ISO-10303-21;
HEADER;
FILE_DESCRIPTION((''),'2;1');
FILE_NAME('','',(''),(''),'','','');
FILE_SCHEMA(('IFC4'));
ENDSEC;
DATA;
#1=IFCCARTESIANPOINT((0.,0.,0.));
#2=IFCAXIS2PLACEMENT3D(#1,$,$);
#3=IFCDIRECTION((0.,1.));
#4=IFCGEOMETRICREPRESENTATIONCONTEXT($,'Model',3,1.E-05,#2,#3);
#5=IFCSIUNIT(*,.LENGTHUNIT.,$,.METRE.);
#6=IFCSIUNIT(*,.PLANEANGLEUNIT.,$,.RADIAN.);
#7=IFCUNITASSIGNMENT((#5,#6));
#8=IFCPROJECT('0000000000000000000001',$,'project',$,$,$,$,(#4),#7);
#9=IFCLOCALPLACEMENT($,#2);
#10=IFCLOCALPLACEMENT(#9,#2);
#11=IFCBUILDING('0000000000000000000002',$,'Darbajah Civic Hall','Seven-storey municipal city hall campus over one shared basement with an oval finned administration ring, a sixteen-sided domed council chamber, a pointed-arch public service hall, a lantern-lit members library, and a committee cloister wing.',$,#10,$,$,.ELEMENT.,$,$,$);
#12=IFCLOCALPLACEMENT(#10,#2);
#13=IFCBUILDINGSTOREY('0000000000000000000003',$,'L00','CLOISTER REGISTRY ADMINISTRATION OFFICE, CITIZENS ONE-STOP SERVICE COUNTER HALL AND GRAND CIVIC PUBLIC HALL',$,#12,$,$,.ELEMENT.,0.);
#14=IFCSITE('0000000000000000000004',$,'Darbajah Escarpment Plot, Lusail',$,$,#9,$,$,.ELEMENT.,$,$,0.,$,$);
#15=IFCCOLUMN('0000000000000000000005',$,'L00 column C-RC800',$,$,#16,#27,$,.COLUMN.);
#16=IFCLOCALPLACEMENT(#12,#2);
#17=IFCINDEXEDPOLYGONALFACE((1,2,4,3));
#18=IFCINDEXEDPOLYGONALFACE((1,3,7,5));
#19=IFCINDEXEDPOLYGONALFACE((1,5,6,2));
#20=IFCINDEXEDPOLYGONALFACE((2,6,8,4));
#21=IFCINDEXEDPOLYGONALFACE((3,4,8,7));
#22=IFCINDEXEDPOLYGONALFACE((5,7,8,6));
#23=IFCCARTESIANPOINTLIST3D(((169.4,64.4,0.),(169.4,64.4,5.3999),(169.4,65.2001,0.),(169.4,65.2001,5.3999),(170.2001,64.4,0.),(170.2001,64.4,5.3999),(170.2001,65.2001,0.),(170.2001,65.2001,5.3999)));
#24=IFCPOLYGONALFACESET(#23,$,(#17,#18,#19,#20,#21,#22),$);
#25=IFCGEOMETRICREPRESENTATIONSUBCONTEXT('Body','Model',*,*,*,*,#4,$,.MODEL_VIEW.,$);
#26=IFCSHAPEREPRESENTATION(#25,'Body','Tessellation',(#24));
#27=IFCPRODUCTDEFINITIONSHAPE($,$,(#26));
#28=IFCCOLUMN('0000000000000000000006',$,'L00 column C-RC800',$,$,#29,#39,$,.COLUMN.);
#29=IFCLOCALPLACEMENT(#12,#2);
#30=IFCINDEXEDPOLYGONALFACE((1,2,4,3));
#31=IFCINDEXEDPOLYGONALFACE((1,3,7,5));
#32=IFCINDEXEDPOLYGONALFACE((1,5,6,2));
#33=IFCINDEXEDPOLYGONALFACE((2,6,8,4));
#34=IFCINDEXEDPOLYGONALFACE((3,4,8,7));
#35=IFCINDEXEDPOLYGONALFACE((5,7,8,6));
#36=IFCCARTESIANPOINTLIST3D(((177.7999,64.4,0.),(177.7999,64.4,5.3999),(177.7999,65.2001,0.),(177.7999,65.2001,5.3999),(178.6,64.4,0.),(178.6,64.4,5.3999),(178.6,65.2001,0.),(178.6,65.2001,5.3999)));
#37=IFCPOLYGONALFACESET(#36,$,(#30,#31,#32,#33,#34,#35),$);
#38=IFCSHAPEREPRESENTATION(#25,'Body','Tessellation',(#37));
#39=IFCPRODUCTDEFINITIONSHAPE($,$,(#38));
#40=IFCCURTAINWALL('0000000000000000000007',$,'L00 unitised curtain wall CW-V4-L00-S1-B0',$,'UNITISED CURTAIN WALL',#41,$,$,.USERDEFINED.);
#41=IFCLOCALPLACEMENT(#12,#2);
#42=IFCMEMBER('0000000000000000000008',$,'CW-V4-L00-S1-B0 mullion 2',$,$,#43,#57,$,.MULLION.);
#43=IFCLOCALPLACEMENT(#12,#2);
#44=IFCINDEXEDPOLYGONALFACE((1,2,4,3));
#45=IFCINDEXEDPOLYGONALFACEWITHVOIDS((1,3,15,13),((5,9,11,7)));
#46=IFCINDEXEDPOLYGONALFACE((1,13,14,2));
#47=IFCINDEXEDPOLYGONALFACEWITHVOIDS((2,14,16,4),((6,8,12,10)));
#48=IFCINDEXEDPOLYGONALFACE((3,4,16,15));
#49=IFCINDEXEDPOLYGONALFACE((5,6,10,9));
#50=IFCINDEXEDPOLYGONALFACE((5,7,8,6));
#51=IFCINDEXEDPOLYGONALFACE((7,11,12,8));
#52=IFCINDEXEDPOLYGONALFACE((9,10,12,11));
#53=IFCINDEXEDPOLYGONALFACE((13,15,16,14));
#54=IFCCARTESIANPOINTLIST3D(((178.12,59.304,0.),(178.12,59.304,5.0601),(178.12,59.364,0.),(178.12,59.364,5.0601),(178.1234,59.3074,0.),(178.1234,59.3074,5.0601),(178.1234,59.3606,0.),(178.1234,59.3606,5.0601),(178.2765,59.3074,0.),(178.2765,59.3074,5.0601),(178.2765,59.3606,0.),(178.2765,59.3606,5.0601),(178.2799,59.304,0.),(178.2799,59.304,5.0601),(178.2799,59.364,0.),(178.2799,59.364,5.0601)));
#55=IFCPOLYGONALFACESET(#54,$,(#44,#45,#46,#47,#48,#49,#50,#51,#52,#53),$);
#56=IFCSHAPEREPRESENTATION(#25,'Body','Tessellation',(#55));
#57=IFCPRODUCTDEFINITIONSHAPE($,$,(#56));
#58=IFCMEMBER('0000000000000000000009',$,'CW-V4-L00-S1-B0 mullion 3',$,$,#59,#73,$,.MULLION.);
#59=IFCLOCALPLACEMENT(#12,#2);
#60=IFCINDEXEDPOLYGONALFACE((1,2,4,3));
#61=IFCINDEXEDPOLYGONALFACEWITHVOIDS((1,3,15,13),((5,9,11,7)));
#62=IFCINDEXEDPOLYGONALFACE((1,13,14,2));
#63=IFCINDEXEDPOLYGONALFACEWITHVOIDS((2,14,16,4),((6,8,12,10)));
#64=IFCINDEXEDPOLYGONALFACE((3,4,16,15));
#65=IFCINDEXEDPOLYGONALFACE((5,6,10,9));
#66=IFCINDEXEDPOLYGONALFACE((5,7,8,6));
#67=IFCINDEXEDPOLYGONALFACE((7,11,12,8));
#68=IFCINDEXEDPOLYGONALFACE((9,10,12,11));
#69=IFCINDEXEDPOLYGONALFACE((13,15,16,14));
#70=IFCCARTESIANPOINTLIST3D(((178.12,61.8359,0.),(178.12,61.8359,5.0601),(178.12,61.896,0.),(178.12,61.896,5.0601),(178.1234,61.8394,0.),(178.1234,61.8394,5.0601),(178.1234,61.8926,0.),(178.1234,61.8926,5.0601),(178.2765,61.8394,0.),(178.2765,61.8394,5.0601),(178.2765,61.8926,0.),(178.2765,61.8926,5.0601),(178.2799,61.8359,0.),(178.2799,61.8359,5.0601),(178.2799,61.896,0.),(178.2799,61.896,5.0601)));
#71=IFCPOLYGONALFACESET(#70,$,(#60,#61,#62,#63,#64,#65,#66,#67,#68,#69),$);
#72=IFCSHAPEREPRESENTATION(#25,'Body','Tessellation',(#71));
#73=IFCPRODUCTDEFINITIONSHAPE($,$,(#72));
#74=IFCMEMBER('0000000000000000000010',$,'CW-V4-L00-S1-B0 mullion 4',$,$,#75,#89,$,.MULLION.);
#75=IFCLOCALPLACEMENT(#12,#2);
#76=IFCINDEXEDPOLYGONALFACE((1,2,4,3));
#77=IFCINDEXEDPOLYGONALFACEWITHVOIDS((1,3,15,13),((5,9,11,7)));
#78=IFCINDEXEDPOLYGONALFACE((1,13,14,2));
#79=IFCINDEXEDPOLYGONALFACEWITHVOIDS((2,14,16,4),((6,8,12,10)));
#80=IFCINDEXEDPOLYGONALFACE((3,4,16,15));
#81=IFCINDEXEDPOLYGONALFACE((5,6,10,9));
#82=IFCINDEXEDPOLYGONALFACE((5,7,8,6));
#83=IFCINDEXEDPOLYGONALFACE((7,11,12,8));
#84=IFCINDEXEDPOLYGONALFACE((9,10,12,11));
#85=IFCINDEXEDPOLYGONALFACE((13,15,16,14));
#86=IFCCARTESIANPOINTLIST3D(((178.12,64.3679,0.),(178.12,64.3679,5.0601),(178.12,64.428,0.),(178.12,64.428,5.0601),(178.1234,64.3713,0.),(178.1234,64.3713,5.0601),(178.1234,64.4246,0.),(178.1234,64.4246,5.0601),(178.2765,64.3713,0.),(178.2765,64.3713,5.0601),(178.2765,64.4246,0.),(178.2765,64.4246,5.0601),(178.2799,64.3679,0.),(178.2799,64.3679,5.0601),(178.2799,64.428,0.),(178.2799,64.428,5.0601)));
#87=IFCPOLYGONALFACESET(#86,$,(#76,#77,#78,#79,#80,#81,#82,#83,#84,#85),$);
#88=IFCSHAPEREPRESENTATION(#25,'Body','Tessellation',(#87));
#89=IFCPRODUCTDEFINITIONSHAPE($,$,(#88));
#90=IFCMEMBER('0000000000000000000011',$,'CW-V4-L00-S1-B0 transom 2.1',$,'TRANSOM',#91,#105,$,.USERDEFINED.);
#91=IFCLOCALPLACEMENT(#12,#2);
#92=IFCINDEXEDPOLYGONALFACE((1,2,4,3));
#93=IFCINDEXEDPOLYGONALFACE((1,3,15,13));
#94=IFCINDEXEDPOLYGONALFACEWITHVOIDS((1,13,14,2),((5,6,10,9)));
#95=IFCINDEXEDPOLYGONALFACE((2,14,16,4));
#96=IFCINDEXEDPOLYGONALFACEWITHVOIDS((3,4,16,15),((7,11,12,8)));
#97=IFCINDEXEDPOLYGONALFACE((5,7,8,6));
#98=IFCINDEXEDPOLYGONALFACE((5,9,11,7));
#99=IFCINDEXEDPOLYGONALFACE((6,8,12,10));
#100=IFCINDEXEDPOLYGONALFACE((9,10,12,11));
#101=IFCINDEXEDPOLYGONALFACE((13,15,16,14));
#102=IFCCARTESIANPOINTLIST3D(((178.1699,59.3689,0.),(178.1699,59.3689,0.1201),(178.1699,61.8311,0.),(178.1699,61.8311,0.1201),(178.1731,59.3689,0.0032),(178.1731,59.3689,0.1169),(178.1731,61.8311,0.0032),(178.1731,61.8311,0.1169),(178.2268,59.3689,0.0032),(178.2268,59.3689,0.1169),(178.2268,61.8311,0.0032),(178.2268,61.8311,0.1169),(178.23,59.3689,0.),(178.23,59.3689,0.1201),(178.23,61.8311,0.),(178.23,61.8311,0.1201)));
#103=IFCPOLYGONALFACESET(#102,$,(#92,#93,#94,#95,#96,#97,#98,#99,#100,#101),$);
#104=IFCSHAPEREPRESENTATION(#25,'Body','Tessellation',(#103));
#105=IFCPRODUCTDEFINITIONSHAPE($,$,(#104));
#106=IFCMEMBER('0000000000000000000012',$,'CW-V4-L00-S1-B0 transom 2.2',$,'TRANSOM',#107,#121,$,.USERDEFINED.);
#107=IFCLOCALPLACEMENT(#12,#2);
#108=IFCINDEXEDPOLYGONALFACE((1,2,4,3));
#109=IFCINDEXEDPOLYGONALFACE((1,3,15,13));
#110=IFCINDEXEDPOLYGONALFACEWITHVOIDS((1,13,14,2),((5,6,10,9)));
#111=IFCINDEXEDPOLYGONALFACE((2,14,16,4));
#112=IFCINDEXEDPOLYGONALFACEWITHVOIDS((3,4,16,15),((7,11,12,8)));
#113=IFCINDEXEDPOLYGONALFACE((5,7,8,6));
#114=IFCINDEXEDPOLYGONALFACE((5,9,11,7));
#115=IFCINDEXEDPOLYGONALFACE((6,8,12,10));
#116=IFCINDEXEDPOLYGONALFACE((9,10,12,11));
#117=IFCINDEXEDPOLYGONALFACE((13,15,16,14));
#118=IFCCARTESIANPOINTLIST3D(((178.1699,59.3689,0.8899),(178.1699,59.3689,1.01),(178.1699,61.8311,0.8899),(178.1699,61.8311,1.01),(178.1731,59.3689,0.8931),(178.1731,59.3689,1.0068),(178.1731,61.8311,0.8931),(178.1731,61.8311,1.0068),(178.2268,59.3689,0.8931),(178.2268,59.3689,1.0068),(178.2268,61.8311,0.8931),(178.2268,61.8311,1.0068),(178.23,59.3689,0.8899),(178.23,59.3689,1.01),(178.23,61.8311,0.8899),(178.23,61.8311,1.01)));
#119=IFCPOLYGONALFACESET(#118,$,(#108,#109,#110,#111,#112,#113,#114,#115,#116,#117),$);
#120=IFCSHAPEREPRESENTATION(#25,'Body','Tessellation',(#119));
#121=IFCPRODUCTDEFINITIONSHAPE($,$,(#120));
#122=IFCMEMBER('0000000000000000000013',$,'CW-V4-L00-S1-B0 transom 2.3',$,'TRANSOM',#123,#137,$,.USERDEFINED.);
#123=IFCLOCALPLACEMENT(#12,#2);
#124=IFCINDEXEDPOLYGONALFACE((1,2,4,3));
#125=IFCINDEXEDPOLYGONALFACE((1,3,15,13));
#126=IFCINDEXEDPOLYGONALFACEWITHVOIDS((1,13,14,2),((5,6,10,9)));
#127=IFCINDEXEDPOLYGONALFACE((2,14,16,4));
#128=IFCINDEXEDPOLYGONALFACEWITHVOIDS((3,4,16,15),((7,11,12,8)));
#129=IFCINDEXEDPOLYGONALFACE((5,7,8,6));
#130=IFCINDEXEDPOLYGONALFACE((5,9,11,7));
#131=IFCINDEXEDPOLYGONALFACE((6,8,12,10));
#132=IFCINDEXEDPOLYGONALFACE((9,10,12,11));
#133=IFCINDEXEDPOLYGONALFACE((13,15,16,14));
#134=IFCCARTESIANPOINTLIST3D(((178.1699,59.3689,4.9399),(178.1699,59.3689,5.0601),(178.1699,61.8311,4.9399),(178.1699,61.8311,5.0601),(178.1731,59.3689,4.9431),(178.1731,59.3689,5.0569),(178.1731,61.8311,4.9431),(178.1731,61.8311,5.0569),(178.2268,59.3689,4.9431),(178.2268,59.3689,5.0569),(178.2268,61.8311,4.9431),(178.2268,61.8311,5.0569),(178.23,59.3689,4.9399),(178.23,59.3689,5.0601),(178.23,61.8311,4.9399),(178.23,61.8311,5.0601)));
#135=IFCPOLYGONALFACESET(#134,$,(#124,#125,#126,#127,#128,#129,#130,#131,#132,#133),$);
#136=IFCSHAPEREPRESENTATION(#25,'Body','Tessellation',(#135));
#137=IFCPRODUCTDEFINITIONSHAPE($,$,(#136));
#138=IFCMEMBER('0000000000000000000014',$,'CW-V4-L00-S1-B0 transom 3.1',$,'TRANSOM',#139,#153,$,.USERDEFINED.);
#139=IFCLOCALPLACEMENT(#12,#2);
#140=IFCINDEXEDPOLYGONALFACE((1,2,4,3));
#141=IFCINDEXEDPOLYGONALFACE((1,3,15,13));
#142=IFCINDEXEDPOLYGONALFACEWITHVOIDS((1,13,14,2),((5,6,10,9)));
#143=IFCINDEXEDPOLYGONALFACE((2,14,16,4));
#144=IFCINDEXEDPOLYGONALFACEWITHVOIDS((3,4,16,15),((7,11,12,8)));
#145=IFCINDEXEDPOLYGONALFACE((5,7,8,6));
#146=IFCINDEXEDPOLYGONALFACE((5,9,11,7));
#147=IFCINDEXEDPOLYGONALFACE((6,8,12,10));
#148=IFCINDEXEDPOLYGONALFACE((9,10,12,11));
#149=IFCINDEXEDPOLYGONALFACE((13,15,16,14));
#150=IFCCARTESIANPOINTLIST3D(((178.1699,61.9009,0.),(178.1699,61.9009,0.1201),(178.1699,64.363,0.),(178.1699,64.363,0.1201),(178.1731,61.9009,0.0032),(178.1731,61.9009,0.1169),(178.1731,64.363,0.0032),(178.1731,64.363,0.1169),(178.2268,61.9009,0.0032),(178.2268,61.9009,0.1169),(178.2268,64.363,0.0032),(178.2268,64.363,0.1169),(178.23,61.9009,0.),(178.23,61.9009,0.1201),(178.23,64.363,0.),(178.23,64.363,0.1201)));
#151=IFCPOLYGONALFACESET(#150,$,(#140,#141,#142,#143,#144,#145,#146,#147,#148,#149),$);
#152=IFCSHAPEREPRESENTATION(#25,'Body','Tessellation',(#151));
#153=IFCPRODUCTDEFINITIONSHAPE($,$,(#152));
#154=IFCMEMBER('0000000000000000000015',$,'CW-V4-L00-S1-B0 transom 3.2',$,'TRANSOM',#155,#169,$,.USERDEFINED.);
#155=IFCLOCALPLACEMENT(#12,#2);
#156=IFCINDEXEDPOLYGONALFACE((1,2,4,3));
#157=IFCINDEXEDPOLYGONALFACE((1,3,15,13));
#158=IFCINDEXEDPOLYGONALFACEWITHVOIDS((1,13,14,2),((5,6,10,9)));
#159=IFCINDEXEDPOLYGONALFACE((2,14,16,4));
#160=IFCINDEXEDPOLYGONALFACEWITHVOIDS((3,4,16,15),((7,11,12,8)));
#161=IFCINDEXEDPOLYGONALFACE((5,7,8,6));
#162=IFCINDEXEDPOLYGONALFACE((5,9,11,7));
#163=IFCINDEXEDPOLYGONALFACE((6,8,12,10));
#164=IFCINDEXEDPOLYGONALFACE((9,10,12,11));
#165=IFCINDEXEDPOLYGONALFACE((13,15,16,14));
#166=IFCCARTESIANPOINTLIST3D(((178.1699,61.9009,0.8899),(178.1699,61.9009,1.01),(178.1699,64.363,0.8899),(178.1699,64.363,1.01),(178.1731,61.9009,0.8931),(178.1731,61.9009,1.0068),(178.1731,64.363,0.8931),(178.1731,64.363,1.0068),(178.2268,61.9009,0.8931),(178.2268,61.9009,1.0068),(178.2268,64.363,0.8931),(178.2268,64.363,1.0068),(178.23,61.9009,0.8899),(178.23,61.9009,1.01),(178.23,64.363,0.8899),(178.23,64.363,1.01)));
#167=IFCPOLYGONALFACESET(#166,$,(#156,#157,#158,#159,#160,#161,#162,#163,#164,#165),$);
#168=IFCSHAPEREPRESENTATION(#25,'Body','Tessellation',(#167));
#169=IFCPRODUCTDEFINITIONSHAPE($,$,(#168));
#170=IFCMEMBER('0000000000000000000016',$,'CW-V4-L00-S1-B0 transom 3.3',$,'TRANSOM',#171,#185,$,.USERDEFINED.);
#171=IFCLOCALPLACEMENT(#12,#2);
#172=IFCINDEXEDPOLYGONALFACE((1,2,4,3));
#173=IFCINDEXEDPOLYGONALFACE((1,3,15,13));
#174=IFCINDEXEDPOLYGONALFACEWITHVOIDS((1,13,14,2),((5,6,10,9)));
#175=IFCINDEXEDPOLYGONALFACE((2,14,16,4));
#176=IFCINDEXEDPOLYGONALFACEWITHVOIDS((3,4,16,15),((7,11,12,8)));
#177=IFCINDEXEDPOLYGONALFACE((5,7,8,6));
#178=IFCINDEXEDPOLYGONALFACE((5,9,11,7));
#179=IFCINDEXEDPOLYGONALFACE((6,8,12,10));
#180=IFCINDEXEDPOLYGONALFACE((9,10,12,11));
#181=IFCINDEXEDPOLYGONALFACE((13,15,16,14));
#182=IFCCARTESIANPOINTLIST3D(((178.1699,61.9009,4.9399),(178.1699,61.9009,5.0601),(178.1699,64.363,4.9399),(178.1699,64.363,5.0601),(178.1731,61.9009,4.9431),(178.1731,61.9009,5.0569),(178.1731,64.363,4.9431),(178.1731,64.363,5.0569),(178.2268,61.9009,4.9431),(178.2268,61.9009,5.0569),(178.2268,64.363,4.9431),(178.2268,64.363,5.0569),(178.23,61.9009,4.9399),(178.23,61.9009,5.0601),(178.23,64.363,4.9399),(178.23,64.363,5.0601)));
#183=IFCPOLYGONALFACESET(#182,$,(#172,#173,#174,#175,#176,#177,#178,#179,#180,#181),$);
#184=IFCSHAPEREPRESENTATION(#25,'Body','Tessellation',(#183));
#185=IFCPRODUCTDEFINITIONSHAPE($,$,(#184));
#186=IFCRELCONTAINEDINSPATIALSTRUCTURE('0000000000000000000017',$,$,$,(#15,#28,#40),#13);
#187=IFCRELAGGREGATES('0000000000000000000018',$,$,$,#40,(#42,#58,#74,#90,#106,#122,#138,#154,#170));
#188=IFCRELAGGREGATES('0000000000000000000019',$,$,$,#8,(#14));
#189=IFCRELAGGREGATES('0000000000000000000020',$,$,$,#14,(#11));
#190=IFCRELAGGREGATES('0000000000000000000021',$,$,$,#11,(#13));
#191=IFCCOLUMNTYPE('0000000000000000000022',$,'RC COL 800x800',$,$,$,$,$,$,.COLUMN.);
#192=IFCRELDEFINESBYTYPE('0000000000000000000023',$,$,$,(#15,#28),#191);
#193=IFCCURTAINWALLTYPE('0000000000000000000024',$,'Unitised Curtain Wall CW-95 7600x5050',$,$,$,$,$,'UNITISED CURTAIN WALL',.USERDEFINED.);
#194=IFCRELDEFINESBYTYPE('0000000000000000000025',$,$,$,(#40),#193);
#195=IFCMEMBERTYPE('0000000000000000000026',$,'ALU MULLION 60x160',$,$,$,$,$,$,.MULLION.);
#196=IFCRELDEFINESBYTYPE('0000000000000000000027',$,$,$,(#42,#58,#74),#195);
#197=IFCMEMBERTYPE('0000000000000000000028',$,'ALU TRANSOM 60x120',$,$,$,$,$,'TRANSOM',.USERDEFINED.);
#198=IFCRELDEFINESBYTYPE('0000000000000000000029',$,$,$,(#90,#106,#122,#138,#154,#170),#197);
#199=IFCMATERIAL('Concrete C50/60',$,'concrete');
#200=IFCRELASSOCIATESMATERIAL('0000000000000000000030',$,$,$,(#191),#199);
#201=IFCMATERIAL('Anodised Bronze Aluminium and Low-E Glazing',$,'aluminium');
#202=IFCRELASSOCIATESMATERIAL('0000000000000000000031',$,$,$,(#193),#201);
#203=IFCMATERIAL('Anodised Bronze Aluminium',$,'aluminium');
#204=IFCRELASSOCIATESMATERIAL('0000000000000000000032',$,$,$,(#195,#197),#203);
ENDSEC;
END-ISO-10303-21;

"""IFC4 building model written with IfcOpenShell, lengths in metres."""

from ifc_helpers import new_model, si_unit, direction, frame, origin, origin_2d, place, context, subcontext, project, spatial, rectangle, hollow_rectangle, extrude, material, material_profile, profile_set, type_object, element, aggregate, save


model = new_model("IFC4")

# Units and contexts
model_context = context("Model", 3, precision=1e-05, world=origin(), true_north=direction((0.0, 1.0)))
body_context = subcontext(model_context, "Body", "Model", "MODEL_VIEW")
ifc_project = project(units=[si_unit("LENGTHUNIT", "METRE"), si_unit("PLANEANGLEUNIT", "RADIAN")], contexts=[model_context])

# Site, building, storey
site_placement = place(None, origin())
site = spatial("IfcSite", under=ifc_project, at=site_placement, Name="Darbajah Escarpment Plot, Lusail", CompositionType="ELEMENT", RefElevation=0.0)
building_placement = place(site_placement, origin())
building = spatial("IfcBuilding", under=site, at=building_placement, Name="Darbajah Civic Hall", Description="Seven-storey municipal city hall campus over one shared basement with an oval finned administration ring, a sixteen-sided domed council chamber, a pointed-arch public service hall, a lantern-lit members library, and a committee cloister wing.", CompositionType="ELEMENT")
storey_placement = place(building_placement, origin())
storey = spatial("IfcBuildingStorey", under=building, at=storey_placement, Name="L00", Description="CLOISTER REGISTRY ADMINISTRATION OFFICE, CITIZENS ONE-STOP SERVICE COUNTER HALL AND GRAND CIVIC PUBLIC HALL", CompositionType="ELEMENT", Elevation=0.0)

# Columns
ifc_material_1 = material(Name="Concrete C50/60", Category="concrete")
ifc_material_profile_1 = material_profile(ifc_material_1, rectangle(XDim=0.8, YDim=0.8, at=origin_2d()), Name="RC COL 800x800")
ifc_profile_set_1 = profile_set([ifc_material_profile_1], Name="Concrete C50/60")
column_type = type_object("IfcColumnType", Name="RC COL 800x800", PredefinedType="COLUMN", material=ifc_profile_set_1)
for number, where, z_axis, x_axis, name in (
    (1, (169.8, 64.8, 0.0), (0.0, 0.0, 1.0), (1.0, 0.0, 0.0), "L00 column C-RC800"),
    (2, (178.2, 64.8, 0.0), (0.0, 0.0, 1.0), (1.0, 0.0, 0.0), "L00 column C-RC800"),
):
    element("IfcColumn", number, at=place(storey_placement, frame(where, z_axis=z_axis, x_axis=x_axis)), inside=storey, type_object=column_type, Name=name, PredefinedType="COLUMN", context=body_context, shape_type="SweptSolid", body=[
        extrude(rectangle(XDim=0.8, YDim=0.8, at=origin_2d()), origin(), (0.0, 0.0, 1.0), 5.3999),
    ])

# Curtain wall, members
ifc_material_2 = material(Name="Anodised Bronze Aluminium and Low-E Glazing", Category="aluminium")
curtain_wall_type = type_object("IfcCurtainWallType", Name="Unitised Curtain Wall CW-95 7600x5050", ElementType="UNITISED CURTAIN WALL", PredefinedType="USERDEFINED", material=ifc_material_2)
curtain_wall_placement = place(storey_placement, origin())
curtain_wall = element("IfcCurtainWall", 3, at=curtain_wall_placement, inside=storey, type_object=curtain_wall_type, Name="L00 unitised curtain wall CW-V4-L00-S1-B0", ObjectType="UNITISED CURTAIN WALL", PredefinedType="USERDEFINED")
ifc_material_3 = material(Name="Anodised Bronze Aluminium", Category="aluminium")
ifc_material_profile_2 = material_profile(ifc_material_3, hollow_rectangle(XDim=0.0601, YDim=0.1599, WallThickness=0.0034, at=origin_2d()), Name="ALU MULLION 60x160")
ifc_profile_set_2 = profile_set([ifc_material_profile_2], Name="Anodised Bronze Aluminium")
member_type_1 = type_object("IfcMemberType", Name="ALU MULLION 60x160", PredefinedType="MULLION", material=ifc_profile_set_2)
member_1_placement = place(storey_placement, frame((178.2, 59.334, 0.0), z_axis=(0.0, 0.0, 1.0), x_axis=(0.0, 1.0, 0.0)))
member_1 = element("IfcMember", 4, at=member_1_placement, type_object=member_type_1, Name="CW-V4-L00-S1-B0 mullion 2", PredefinedType="MULLION", context=body_context, shape_type="SweptSolid", body=[
    extrude(hollow_rectangle(XDim=0.0601, YDim=0.1599, WallThickness=0.0034, at=origin_2d()), origin(), (0.0, 0.0, 1.0), 5.0601),
])
member_2_placement = place(storey_placement, frame((178.2, 61.866, 0.0), z_axis=(0.0, 0.0, 1.0), x_axis=(0.0, 1.0, 0.0)))
member_2 = element("IfcMember", 5, at=member_2_placement, type_object=member_type_1, Name="CW-V4-L00-S1-B0 mullion 3", PredefinedType="MULLION", context=body_context, shape_type="SweptSolid", body=[
    extrude(hollow_rectangle(XDim=0.0601, YDim=0.1599, WallThickness=0.0034, at=origin_2d()), origin(), (0.0, 0.0, 1.0), 5.0601),
])
member_3_placement = place(storey_placement, frame((178.2, 64.3979, 0.0), z_axis=(0.0, 0.0, 1.0), x_axis=(0.0, 1.0, 0.0)))
member_3 = element("IfcMember", 6, at=member_3_placement, type_object=member_type_1, Name="CW-V4-L00-S1-B0 mullion 4", PredefinedType="MULLION", context=body_context, shape_type="SweptSolid", body=[
    extrude(hollow_rectangle(XDim=0.0601, YDim=0.1599, WallThickness=0.0034, at=origin_2d()), origin(), (0.0, 0.0, 1.0), 5.0601),
])
ifc_material_profile_3 = material_profile(ifc_material_3, hollow_rectangle(XDim=0.0601, YDim=0.1201, WallThickness=0.0032, at=origin_2d()), Name="ALU TRANSOM 60x120")
ifc_profile_set_3 = profile_set([ifc_material_profile_3], Name="Anodised Bronze Aluminium")
member_type_2 = type_object("IfcMemberType", Name="ALU TRANSOM 60x120", ElementType="TRANSOM", PredefinedType="USERDEFINED", material=ifc_profile_set_3)
member_4_placement = place(storey_placement, frame((178.2, 59.3689, 0.0601), z_axis=(0.0, 1.0, 0.0), x_axis=(-1.0, 0.0, 0.0)))
member_4 = element("IfcMember", 7, at=member_4_placement, type_object=member_type_2, Name="CW-V4-L00-S1-B0 transom 2.1", ObjectType="TRANSOM", PredefinedType="USERDEFINED", context=body_context, shape_type="SweptSolid", body=[
    extrude(hollow_rectangle(XDim=0.0601, YDim=0.1201, WallThickness=0.0032, at=origin_2d()), origin(), (0.0, 0.0, 1.0), 2.4622),
])
member_5_placement = place(storey_placement, frame((178.2, 59.3689, 0.95), z_axis=(0.0, 1.0, 0.0), x_axis=(-1.0, 0.0, 0.0)))
member_5 = element("IfcMember", 8, at=member_5_placement, type_object=member_type_2, Name="CW-V4-L00-S1-B0 transom 2.2", ObjectType="TRANSOM", PredefinedType="USERDEFINED", context=body_context, shape_type="SweptSolid", body=[
    extrude(hollow_rectangle(XDim=0.0601, YDim=0.1201, WallThickness=0.0032, at=origin_2d()), origin(), (0.0, 0.0, 1.0), 2.4622),
])
member_6_placement = place(storey_placement, frame((178.2, 59.3689, 5.0), z_axis=(0.0, 1.0, 0.0), x_axis=(-1.0, 0.0, 0.0)))
member_6 = element("IfcMember", 9, at=member_6_placement, type_object=member_type_2, Name="CW-V4-L00-S1-B0 transom 2.3", ObjectType="TRANSOM", PredefinedType="USERDEFINED", context=body_context, shape_type="SweptSolid", body=[
    extrude(hollow_rectangle(XDim=0.0601, YDim=0.1201, WallThickness=0.0032, at=origin_2d()), origin(), (0.0, 0.0, 1.0), 2.4622),
])
member_7_placement = place(storey_placement, frame((178.2, 61.9009, 0.0601), z_axis=(0.0, 1.0, 0.0), x_axis=(-1.0, 0.0, 0.0)))
member_7 = element("IfcMember", 10, at=member_7_placement, type_object=member_type_2, Name="CW-V4-L00-S1-B0 transom 3.1", ObjectType="TRANSOM", PredefinedType="USERDEFINED", context=body_context, shape_type="SweptSolid", body=[
    extrude(hollow_rectangle(XDim=0.0601, YDim=0.1201, WallThickness=0.0032, at=origin_2d()), origin(), (0.0, 0.0, 1.0), 2.4622),
])
member_8_placement = place(storey_placement, frame((178.2, 61.9009, 0.95), z_axis=(0.0, 1.0, 0.0), x_axis=(-1.0, 0.0, 0.0)))
member_8 = element("IfcMember", 11, at=member_8_placement, type_object=member_type_2, Name="CW-V4-L00-S1-B0 transom 3.2", ObjectType="TRANSOM", PredefinedType="USERDEFINED", context=body_context, shape_type="SweptSolid", body=[
    extrude(hollow_rectangle(XDim=0.0601, YDim=0.1201, WallThickness=0.0032, at=origin_2d()), origin(), (0.0, 0.0, 1.0), 2.4622),
])
member_9_placement = place(storey_placement, frame((178.2, 61.9009, 5.0), z_axis=(0.0, 1.0, 0.0), x_axis=(-1.0, 0.0, 0.0)))
member_9 = element("IfcMember", 12, at=member_9_placement, type_object=member_type_2, Name="CW-V4-L00-S1-B0 transom 3.3", ObjectType="TRANSOM", PredefinedType="USERDEFINED", context=body_context, shape_type="SweptSolid", body=[
    extrude(hollow_rectangle(XDim=0.0601, YDim=0.1201, WallThickness=0.0032, at=origin_2d()), origin(), (0.0, 0.0, 1.0), 2.4622),
])

aggregate(curtain_wall, [member_1, member_2, member_3, member_4, member_5, member_6, member_7, member_8, member_9])

save(model, "model.ifc")
